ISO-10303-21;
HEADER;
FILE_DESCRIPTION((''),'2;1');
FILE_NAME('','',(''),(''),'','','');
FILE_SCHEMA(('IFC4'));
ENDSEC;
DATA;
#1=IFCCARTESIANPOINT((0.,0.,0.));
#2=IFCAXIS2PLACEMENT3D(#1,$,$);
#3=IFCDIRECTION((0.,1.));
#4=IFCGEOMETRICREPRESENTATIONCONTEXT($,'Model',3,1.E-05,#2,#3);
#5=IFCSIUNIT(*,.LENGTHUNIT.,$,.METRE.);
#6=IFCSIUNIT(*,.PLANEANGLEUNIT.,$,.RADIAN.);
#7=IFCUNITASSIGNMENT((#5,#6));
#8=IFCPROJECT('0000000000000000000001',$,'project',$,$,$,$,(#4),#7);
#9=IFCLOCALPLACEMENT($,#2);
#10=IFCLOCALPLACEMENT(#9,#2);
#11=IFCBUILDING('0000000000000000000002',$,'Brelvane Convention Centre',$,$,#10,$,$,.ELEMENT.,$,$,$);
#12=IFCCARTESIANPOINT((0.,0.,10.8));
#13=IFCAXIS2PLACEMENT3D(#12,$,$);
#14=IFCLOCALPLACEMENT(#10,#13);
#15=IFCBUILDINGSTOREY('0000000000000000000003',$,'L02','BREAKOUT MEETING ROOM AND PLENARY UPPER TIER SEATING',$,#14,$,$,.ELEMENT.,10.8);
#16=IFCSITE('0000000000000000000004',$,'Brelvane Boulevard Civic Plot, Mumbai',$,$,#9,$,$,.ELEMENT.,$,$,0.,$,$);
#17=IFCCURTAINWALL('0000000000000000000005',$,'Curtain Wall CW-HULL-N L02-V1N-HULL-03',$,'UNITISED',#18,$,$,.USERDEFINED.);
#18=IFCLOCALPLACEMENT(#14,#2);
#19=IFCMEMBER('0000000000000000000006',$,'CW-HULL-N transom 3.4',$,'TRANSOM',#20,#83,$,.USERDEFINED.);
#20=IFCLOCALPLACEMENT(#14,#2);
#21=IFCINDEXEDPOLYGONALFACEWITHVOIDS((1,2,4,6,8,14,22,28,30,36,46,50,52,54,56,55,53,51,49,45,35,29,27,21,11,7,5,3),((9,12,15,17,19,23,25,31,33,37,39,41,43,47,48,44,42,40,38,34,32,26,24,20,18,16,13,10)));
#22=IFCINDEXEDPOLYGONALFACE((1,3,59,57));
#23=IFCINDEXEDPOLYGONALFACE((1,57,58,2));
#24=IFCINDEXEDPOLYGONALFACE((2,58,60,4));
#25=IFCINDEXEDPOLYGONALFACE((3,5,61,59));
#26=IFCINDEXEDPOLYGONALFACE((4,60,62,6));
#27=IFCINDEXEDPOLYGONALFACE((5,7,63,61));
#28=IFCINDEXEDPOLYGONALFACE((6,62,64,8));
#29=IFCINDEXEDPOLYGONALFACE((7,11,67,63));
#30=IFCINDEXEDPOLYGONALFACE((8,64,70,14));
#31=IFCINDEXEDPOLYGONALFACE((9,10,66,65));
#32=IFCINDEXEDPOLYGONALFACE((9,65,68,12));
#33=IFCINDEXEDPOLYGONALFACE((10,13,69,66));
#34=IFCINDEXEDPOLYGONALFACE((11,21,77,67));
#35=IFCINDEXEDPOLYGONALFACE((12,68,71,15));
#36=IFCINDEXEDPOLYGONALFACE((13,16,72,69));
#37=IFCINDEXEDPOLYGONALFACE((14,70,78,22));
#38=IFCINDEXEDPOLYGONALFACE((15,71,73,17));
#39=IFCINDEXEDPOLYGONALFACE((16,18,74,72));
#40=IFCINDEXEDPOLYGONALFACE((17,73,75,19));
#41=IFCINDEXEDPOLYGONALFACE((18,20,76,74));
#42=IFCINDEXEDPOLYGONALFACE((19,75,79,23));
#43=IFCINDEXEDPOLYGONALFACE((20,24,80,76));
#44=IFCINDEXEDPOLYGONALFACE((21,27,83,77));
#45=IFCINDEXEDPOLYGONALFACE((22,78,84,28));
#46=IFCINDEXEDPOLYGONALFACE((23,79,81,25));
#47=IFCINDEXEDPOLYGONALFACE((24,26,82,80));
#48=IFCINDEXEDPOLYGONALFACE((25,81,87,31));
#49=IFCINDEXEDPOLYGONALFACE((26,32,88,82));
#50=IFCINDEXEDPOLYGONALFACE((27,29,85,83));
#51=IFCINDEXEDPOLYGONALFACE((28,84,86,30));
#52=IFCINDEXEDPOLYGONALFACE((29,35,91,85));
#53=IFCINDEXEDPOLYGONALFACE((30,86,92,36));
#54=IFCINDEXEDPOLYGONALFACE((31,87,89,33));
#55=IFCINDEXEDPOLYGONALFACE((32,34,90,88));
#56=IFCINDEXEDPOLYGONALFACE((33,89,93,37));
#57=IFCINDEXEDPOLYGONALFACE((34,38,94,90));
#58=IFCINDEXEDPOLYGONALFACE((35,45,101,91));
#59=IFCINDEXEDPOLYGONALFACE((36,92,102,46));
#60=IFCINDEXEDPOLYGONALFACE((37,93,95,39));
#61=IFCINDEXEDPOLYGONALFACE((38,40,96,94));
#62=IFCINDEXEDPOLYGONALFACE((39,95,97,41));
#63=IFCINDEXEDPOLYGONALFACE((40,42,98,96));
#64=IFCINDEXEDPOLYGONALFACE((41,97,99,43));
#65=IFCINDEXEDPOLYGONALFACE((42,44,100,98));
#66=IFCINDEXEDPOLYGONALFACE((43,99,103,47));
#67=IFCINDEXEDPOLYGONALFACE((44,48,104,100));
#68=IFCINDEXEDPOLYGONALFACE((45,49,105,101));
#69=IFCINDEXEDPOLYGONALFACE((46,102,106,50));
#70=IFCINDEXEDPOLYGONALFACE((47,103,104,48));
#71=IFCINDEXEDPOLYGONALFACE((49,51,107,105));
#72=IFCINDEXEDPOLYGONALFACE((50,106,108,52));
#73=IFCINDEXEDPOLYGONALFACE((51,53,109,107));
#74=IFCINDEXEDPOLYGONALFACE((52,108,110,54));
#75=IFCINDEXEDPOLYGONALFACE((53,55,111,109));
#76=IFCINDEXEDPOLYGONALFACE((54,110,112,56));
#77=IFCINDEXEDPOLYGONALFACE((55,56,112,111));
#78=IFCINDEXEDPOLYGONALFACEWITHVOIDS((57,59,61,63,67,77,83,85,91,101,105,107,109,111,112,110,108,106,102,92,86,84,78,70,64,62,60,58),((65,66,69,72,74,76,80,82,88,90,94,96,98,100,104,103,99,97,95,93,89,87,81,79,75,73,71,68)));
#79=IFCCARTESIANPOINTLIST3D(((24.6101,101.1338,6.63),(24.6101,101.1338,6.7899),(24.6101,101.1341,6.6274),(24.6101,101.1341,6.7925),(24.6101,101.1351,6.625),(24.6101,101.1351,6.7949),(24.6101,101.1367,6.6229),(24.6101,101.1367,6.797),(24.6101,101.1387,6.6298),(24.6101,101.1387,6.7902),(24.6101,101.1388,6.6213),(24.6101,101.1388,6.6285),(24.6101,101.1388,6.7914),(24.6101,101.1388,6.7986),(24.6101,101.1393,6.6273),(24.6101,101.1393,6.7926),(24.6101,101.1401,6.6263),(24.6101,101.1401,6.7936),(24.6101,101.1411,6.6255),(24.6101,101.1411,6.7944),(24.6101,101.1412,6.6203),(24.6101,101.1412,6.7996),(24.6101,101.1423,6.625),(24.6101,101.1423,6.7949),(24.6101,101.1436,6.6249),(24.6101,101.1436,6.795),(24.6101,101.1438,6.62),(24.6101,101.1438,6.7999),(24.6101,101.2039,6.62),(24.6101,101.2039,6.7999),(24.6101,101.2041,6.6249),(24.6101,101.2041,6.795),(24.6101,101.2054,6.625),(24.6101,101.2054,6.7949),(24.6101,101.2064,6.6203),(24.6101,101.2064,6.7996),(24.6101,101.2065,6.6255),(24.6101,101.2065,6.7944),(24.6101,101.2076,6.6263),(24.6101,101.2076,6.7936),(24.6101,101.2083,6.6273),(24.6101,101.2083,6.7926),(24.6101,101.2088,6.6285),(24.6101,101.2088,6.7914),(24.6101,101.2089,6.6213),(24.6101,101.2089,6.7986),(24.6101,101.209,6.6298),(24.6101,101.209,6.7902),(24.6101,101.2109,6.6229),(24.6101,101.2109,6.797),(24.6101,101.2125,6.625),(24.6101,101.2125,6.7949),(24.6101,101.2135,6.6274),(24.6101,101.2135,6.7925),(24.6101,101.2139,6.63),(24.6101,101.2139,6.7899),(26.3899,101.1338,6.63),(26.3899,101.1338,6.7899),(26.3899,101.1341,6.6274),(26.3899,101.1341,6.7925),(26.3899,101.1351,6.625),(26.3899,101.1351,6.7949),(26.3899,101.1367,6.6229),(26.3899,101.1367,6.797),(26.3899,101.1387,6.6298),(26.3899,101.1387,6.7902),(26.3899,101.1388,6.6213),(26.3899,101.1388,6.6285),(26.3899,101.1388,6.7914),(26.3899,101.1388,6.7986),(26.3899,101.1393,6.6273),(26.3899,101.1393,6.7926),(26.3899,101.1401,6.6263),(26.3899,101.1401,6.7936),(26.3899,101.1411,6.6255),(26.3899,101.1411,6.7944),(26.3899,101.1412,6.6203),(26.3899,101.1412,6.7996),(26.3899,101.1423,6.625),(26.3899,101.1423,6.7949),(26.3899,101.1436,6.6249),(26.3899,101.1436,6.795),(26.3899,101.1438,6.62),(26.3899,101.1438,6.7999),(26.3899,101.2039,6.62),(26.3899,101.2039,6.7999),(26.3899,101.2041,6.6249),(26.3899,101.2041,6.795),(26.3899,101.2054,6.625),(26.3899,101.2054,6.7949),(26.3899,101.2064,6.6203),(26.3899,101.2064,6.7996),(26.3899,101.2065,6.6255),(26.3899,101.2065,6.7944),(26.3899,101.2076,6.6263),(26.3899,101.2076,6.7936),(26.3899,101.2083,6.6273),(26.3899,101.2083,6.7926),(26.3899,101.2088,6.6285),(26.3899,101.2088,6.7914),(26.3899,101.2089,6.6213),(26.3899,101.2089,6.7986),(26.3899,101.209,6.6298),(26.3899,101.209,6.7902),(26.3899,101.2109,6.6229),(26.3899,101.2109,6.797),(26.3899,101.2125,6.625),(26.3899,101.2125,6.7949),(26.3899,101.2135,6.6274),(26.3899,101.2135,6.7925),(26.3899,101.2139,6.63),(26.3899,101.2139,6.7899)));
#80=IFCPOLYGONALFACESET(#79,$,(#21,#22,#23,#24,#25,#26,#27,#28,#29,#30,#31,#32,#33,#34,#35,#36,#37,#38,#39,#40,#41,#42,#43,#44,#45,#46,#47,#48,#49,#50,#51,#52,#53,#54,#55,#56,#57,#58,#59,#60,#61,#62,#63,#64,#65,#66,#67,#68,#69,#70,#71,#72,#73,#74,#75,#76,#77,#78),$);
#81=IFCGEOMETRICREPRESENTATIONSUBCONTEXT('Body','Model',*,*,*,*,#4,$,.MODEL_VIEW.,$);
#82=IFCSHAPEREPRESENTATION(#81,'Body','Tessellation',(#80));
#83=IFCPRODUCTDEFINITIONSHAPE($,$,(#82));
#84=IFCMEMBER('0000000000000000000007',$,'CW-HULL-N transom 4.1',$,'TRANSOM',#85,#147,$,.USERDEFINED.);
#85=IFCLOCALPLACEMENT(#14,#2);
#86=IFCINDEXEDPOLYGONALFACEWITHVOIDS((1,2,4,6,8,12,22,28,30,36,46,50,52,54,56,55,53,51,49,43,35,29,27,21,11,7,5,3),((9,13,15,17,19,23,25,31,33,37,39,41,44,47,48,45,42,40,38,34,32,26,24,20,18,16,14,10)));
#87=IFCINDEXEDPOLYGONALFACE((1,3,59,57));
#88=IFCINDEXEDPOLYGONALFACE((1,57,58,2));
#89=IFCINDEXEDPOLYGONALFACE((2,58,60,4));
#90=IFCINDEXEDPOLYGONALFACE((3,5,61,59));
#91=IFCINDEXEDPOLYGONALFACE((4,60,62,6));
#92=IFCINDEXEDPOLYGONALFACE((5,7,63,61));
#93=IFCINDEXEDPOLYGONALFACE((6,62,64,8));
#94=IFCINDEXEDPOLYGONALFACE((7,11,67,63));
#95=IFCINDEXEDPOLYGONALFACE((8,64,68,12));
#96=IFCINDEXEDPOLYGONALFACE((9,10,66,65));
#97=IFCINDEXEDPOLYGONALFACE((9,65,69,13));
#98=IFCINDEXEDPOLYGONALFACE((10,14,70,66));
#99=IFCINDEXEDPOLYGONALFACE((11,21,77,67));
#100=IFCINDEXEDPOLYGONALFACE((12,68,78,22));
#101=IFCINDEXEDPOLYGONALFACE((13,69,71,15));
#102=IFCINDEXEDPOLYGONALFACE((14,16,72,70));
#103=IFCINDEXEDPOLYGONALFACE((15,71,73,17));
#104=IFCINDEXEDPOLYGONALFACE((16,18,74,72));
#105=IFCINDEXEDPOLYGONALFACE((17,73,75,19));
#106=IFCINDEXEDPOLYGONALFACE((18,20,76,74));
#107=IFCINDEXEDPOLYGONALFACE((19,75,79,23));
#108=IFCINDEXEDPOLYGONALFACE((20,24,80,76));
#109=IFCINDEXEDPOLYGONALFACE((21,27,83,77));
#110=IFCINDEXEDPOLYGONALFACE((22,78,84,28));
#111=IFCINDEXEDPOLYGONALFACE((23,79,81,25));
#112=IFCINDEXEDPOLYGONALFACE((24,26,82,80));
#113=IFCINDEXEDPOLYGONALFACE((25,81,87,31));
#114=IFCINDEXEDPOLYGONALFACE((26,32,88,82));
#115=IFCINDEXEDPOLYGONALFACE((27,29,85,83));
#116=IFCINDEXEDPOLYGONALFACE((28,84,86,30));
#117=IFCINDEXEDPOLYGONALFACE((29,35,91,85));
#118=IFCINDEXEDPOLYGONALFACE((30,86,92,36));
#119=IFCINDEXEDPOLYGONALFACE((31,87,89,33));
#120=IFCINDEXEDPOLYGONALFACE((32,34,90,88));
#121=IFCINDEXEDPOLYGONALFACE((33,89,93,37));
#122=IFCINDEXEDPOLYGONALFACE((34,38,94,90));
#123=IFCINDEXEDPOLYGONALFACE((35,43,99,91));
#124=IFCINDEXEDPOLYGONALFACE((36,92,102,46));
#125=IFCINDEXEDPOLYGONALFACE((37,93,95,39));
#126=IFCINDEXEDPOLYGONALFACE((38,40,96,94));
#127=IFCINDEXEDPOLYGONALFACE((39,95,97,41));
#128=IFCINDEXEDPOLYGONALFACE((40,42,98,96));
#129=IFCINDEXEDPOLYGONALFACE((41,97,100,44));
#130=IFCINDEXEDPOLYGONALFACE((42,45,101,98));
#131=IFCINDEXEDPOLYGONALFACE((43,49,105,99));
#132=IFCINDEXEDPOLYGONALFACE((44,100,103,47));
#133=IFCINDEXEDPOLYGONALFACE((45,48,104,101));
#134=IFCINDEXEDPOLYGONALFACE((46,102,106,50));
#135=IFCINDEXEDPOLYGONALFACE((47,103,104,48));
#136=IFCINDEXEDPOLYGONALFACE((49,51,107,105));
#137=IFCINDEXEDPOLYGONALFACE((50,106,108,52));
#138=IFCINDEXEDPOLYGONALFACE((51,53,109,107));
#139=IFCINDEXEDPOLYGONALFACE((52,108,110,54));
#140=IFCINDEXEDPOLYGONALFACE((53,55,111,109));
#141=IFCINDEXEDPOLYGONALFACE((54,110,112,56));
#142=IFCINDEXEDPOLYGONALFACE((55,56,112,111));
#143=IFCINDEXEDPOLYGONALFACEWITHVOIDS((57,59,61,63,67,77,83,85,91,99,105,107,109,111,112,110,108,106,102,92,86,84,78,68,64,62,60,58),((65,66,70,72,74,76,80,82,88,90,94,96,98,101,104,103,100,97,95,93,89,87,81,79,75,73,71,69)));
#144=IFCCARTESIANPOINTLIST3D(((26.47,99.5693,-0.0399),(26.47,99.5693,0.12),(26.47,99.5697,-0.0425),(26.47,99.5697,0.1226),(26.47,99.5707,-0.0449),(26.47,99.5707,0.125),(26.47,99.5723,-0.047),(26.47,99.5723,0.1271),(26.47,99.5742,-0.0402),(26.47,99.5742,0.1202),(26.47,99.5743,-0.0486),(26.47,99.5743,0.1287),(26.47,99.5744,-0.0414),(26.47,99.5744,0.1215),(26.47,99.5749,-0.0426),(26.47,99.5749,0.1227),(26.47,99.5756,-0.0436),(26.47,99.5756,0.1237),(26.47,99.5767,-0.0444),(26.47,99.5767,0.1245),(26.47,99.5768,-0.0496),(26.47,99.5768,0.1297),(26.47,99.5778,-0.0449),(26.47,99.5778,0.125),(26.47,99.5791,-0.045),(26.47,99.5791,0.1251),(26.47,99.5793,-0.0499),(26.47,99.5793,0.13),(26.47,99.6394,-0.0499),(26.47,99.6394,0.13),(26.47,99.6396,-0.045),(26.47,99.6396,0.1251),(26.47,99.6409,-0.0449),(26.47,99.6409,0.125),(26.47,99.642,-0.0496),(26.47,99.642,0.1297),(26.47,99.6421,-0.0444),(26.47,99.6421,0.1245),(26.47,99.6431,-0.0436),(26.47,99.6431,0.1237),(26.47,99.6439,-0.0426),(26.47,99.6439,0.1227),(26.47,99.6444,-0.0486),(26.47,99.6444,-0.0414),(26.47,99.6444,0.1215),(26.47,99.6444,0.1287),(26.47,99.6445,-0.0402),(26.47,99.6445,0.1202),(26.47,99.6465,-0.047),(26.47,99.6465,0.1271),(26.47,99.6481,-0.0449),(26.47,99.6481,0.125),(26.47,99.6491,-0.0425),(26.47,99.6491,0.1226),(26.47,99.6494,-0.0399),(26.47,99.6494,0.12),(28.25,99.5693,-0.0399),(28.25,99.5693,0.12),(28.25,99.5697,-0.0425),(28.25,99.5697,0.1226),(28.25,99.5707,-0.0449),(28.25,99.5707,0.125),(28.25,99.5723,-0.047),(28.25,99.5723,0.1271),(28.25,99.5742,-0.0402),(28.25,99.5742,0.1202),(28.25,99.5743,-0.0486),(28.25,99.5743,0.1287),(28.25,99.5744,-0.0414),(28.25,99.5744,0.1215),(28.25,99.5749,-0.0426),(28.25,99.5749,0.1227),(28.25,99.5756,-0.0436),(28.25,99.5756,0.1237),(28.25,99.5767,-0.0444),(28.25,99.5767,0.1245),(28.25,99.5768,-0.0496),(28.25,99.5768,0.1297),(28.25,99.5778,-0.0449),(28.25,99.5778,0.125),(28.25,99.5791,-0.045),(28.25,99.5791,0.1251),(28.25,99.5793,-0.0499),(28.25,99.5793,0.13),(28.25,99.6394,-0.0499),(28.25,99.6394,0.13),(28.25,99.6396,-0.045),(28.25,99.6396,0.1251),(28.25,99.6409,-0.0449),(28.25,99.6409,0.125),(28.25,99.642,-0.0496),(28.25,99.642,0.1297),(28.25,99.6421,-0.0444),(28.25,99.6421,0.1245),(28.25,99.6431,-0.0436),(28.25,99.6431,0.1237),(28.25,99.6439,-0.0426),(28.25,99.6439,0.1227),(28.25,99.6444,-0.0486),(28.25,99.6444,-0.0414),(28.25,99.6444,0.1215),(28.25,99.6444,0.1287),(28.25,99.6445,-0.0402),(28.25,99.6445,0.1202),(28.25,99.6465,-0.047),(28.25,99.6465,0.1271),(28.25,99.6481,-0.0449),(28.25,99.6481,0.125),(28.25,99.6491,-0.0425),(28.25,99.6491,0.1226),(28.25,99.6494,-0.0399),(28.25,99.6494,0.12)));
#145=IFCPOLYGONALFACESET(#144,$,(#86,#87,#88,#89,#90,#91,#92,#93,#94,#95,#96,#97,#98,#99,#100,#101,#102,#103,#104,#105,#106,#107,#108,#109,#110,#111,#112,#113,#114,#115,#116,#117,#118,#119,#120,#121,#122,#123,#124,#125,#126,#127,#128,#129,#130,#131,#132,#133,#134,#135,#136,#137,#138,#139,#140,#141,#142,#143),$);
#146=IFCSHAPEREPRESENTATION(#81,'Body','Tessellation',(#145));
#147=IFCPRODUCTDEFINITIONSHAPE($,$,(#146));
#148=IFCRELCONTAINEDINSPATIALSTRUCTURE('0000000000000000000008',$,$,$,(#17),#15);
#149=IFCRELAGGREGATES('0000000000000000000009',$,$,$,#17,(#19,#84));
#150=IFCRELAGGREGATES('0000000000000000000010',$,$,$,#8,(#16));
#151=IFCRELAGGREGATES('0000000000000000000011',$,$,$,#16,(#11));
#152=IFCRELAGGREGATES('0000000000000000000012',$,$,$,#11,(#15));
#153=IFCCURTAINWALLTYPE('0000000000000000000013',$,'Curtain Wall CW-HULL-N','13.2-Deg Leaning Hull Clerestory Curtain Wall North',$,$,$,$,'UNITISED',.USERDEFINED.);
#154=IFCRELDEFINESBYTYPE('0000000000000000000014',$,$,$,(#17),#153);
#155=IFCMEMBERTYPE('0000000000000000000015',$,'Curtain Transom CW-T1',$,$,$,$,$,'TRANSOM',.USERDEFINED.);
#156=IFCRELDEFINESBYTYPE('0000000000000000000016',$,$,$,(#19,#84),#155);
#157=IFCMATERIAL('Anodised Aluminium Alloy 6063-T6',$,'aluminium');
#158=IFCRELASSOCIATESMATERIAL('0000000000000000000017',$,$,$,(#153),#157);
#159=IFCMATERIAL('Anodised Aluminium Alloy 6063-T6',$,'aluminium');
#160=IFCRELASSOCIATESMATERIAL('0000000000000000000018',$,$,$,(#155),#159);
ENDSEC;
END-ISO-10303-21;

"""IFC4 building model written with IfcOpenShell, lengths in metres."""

from ifc_helpers import new_model, si_unit, direction, frame, origin, origin_2d, place, context, subcontext, project, spatial, hollow_rectangle, extrude, material, material_profile, profile_set, type_object, element, aggregate, save


model = new_model("IFC4")

# Units and contexts
model_context = context("Model", 3, precision=1e-05, world=origin(), true_north=direction((0.0, 1.0)))
body_context = subcontext(model_context, "Body", "Model", "MODEL_VIEW")
ifc_project = project(units=[si_unit("LENGTHUNIT", "METRE"), si_unit("PLANEANGLEUNIT", "RADIAN")], contexts=[model_context])

# Site, building, storey
site_placement = place(None, origin())
site = spatial("IfcSite", under=ifc_project, at=site_placement, Name="Brelvane Boulevard Civic Plot, Mumbai", CompositionType="ELEMENT", RefElevation=0.0)
building_placement = place(site_placement, origin())
building = spatial("IfcBuilding", under=site, at=building_placement, Name="Brelvane Convention Centre", CompositionType="ELEMENT")
storey_placement = place(building_placement, frame((0.0, 0.0, 10.8)))
storey = spatial("IfcBuildingStorey", under=building, at=storey_placement, Name="L02", Description="BREAKOUT MEETING ROOM AND PLENARY UPPER TIER SEATING", CompositionType="ELEMENT", Elevation=10.8)

# Curtain wall
ifc_material_1 = material(Name="Anodised Aluminium Alloy 6063-T6", Category="aluminium")
curtain_wall_type_1 = type_object("IfcCurtainWallType", Name="Curtain Wall CW-HULL-N", Description="13.2-Deg Leaning Hull Clerestory Curtain Wall North", ElementType="UNITISED", PredefinedType="USERDEFINED", material=ifc_material_1)
curtain_wall_1_placement = place(storey_placement, origin())
curtain_wall_1 = element("IfcCurtainWall", 1, at=curtain_wall_1_placement, inside=storey, type_object=curtain_wall_type_1, Name="Curtain Wall CW-HULL-N L02-V1N-HULL-03", ObjectType="UNITISED", PredefinedType="USERDEFINED")

# Members
ifc_material_2 = material(Name="Anodised Aluminium Alloy 6063-T6", Category="aluminium")
ifc_material_profile_1 = material_profile(ifc_material_2, hollow_rectangle(XDim=0.0801, YDim=0.1799, WallThickness=0.0049, InnerFilletRadius=0.0049, OuterFilletRadius=0.01, at=origin_2d()), Name="ALU-T 180x80x5.0")
ifc_profile_set_1 = profile_set([ifc_material_profile_1], Name="Anodised Aluminium Alloy 6063-T6")
member_type_1 = type_object("IfcMemberType", Name="Curtain Transom CW-T1", ElementType="TRANSOM", PredefinedType="USERDEFINED", material=ifc_profile_set_1)
member_1_placement = place(storey_placement, frame((24.6101, 101.1738, 6.71), z_axis=(1.0, 0.0, 0.0), x_axis=(0.0, 1.0, 0.0)))
member_1 = element("IfcMember", 2, at=member_1_placement, type_object=member_type_1, Name="CW-HULL-N transom 3.4", ObjectType="TRANSOM", PredefinedType="USERDEFINED", context=body_context, shape_type="SweptSolid", body=[
    extrude(hollow_rectangle(XDim=0.0801, YDim=0.1799, WallThickness=0.0049, InnerFilletRadius=0.0049, OuterFilletRadius=0.01, at=origin_2d()), origin(), (0.0, 0.0, 1.0), 1.7798),
])
member_2_placement = place(storey_placement, frame((26.47, 99.6094, 0.04), z_axis=(1.0, 0.0, 0.0), x_axis=(0.0, 1.0, 0.0)))
member_2 = element("IfcMember", 3, at=member_2_placement, type_object=member_type_1, Name="CW-HULL-N transom 4.1", ObjectType="TRANSOM", PredefinedType="USERDEFINED", context=body_context, shape_type="SweptSolid", body=[
    extrude(hollow_rectangle(XDim=0.0801, YDim=0.1799, WallThickness=0.0049, InnerFilletRadius=0.0049, OuterFilletRadius=0.01, at=origin_2d()), origin(), (0.0, 0.0, 1.0), 1.78),
])

aggregate(curtain_wall_1, [member_1, member_2])

save(model, "model.ifc")
